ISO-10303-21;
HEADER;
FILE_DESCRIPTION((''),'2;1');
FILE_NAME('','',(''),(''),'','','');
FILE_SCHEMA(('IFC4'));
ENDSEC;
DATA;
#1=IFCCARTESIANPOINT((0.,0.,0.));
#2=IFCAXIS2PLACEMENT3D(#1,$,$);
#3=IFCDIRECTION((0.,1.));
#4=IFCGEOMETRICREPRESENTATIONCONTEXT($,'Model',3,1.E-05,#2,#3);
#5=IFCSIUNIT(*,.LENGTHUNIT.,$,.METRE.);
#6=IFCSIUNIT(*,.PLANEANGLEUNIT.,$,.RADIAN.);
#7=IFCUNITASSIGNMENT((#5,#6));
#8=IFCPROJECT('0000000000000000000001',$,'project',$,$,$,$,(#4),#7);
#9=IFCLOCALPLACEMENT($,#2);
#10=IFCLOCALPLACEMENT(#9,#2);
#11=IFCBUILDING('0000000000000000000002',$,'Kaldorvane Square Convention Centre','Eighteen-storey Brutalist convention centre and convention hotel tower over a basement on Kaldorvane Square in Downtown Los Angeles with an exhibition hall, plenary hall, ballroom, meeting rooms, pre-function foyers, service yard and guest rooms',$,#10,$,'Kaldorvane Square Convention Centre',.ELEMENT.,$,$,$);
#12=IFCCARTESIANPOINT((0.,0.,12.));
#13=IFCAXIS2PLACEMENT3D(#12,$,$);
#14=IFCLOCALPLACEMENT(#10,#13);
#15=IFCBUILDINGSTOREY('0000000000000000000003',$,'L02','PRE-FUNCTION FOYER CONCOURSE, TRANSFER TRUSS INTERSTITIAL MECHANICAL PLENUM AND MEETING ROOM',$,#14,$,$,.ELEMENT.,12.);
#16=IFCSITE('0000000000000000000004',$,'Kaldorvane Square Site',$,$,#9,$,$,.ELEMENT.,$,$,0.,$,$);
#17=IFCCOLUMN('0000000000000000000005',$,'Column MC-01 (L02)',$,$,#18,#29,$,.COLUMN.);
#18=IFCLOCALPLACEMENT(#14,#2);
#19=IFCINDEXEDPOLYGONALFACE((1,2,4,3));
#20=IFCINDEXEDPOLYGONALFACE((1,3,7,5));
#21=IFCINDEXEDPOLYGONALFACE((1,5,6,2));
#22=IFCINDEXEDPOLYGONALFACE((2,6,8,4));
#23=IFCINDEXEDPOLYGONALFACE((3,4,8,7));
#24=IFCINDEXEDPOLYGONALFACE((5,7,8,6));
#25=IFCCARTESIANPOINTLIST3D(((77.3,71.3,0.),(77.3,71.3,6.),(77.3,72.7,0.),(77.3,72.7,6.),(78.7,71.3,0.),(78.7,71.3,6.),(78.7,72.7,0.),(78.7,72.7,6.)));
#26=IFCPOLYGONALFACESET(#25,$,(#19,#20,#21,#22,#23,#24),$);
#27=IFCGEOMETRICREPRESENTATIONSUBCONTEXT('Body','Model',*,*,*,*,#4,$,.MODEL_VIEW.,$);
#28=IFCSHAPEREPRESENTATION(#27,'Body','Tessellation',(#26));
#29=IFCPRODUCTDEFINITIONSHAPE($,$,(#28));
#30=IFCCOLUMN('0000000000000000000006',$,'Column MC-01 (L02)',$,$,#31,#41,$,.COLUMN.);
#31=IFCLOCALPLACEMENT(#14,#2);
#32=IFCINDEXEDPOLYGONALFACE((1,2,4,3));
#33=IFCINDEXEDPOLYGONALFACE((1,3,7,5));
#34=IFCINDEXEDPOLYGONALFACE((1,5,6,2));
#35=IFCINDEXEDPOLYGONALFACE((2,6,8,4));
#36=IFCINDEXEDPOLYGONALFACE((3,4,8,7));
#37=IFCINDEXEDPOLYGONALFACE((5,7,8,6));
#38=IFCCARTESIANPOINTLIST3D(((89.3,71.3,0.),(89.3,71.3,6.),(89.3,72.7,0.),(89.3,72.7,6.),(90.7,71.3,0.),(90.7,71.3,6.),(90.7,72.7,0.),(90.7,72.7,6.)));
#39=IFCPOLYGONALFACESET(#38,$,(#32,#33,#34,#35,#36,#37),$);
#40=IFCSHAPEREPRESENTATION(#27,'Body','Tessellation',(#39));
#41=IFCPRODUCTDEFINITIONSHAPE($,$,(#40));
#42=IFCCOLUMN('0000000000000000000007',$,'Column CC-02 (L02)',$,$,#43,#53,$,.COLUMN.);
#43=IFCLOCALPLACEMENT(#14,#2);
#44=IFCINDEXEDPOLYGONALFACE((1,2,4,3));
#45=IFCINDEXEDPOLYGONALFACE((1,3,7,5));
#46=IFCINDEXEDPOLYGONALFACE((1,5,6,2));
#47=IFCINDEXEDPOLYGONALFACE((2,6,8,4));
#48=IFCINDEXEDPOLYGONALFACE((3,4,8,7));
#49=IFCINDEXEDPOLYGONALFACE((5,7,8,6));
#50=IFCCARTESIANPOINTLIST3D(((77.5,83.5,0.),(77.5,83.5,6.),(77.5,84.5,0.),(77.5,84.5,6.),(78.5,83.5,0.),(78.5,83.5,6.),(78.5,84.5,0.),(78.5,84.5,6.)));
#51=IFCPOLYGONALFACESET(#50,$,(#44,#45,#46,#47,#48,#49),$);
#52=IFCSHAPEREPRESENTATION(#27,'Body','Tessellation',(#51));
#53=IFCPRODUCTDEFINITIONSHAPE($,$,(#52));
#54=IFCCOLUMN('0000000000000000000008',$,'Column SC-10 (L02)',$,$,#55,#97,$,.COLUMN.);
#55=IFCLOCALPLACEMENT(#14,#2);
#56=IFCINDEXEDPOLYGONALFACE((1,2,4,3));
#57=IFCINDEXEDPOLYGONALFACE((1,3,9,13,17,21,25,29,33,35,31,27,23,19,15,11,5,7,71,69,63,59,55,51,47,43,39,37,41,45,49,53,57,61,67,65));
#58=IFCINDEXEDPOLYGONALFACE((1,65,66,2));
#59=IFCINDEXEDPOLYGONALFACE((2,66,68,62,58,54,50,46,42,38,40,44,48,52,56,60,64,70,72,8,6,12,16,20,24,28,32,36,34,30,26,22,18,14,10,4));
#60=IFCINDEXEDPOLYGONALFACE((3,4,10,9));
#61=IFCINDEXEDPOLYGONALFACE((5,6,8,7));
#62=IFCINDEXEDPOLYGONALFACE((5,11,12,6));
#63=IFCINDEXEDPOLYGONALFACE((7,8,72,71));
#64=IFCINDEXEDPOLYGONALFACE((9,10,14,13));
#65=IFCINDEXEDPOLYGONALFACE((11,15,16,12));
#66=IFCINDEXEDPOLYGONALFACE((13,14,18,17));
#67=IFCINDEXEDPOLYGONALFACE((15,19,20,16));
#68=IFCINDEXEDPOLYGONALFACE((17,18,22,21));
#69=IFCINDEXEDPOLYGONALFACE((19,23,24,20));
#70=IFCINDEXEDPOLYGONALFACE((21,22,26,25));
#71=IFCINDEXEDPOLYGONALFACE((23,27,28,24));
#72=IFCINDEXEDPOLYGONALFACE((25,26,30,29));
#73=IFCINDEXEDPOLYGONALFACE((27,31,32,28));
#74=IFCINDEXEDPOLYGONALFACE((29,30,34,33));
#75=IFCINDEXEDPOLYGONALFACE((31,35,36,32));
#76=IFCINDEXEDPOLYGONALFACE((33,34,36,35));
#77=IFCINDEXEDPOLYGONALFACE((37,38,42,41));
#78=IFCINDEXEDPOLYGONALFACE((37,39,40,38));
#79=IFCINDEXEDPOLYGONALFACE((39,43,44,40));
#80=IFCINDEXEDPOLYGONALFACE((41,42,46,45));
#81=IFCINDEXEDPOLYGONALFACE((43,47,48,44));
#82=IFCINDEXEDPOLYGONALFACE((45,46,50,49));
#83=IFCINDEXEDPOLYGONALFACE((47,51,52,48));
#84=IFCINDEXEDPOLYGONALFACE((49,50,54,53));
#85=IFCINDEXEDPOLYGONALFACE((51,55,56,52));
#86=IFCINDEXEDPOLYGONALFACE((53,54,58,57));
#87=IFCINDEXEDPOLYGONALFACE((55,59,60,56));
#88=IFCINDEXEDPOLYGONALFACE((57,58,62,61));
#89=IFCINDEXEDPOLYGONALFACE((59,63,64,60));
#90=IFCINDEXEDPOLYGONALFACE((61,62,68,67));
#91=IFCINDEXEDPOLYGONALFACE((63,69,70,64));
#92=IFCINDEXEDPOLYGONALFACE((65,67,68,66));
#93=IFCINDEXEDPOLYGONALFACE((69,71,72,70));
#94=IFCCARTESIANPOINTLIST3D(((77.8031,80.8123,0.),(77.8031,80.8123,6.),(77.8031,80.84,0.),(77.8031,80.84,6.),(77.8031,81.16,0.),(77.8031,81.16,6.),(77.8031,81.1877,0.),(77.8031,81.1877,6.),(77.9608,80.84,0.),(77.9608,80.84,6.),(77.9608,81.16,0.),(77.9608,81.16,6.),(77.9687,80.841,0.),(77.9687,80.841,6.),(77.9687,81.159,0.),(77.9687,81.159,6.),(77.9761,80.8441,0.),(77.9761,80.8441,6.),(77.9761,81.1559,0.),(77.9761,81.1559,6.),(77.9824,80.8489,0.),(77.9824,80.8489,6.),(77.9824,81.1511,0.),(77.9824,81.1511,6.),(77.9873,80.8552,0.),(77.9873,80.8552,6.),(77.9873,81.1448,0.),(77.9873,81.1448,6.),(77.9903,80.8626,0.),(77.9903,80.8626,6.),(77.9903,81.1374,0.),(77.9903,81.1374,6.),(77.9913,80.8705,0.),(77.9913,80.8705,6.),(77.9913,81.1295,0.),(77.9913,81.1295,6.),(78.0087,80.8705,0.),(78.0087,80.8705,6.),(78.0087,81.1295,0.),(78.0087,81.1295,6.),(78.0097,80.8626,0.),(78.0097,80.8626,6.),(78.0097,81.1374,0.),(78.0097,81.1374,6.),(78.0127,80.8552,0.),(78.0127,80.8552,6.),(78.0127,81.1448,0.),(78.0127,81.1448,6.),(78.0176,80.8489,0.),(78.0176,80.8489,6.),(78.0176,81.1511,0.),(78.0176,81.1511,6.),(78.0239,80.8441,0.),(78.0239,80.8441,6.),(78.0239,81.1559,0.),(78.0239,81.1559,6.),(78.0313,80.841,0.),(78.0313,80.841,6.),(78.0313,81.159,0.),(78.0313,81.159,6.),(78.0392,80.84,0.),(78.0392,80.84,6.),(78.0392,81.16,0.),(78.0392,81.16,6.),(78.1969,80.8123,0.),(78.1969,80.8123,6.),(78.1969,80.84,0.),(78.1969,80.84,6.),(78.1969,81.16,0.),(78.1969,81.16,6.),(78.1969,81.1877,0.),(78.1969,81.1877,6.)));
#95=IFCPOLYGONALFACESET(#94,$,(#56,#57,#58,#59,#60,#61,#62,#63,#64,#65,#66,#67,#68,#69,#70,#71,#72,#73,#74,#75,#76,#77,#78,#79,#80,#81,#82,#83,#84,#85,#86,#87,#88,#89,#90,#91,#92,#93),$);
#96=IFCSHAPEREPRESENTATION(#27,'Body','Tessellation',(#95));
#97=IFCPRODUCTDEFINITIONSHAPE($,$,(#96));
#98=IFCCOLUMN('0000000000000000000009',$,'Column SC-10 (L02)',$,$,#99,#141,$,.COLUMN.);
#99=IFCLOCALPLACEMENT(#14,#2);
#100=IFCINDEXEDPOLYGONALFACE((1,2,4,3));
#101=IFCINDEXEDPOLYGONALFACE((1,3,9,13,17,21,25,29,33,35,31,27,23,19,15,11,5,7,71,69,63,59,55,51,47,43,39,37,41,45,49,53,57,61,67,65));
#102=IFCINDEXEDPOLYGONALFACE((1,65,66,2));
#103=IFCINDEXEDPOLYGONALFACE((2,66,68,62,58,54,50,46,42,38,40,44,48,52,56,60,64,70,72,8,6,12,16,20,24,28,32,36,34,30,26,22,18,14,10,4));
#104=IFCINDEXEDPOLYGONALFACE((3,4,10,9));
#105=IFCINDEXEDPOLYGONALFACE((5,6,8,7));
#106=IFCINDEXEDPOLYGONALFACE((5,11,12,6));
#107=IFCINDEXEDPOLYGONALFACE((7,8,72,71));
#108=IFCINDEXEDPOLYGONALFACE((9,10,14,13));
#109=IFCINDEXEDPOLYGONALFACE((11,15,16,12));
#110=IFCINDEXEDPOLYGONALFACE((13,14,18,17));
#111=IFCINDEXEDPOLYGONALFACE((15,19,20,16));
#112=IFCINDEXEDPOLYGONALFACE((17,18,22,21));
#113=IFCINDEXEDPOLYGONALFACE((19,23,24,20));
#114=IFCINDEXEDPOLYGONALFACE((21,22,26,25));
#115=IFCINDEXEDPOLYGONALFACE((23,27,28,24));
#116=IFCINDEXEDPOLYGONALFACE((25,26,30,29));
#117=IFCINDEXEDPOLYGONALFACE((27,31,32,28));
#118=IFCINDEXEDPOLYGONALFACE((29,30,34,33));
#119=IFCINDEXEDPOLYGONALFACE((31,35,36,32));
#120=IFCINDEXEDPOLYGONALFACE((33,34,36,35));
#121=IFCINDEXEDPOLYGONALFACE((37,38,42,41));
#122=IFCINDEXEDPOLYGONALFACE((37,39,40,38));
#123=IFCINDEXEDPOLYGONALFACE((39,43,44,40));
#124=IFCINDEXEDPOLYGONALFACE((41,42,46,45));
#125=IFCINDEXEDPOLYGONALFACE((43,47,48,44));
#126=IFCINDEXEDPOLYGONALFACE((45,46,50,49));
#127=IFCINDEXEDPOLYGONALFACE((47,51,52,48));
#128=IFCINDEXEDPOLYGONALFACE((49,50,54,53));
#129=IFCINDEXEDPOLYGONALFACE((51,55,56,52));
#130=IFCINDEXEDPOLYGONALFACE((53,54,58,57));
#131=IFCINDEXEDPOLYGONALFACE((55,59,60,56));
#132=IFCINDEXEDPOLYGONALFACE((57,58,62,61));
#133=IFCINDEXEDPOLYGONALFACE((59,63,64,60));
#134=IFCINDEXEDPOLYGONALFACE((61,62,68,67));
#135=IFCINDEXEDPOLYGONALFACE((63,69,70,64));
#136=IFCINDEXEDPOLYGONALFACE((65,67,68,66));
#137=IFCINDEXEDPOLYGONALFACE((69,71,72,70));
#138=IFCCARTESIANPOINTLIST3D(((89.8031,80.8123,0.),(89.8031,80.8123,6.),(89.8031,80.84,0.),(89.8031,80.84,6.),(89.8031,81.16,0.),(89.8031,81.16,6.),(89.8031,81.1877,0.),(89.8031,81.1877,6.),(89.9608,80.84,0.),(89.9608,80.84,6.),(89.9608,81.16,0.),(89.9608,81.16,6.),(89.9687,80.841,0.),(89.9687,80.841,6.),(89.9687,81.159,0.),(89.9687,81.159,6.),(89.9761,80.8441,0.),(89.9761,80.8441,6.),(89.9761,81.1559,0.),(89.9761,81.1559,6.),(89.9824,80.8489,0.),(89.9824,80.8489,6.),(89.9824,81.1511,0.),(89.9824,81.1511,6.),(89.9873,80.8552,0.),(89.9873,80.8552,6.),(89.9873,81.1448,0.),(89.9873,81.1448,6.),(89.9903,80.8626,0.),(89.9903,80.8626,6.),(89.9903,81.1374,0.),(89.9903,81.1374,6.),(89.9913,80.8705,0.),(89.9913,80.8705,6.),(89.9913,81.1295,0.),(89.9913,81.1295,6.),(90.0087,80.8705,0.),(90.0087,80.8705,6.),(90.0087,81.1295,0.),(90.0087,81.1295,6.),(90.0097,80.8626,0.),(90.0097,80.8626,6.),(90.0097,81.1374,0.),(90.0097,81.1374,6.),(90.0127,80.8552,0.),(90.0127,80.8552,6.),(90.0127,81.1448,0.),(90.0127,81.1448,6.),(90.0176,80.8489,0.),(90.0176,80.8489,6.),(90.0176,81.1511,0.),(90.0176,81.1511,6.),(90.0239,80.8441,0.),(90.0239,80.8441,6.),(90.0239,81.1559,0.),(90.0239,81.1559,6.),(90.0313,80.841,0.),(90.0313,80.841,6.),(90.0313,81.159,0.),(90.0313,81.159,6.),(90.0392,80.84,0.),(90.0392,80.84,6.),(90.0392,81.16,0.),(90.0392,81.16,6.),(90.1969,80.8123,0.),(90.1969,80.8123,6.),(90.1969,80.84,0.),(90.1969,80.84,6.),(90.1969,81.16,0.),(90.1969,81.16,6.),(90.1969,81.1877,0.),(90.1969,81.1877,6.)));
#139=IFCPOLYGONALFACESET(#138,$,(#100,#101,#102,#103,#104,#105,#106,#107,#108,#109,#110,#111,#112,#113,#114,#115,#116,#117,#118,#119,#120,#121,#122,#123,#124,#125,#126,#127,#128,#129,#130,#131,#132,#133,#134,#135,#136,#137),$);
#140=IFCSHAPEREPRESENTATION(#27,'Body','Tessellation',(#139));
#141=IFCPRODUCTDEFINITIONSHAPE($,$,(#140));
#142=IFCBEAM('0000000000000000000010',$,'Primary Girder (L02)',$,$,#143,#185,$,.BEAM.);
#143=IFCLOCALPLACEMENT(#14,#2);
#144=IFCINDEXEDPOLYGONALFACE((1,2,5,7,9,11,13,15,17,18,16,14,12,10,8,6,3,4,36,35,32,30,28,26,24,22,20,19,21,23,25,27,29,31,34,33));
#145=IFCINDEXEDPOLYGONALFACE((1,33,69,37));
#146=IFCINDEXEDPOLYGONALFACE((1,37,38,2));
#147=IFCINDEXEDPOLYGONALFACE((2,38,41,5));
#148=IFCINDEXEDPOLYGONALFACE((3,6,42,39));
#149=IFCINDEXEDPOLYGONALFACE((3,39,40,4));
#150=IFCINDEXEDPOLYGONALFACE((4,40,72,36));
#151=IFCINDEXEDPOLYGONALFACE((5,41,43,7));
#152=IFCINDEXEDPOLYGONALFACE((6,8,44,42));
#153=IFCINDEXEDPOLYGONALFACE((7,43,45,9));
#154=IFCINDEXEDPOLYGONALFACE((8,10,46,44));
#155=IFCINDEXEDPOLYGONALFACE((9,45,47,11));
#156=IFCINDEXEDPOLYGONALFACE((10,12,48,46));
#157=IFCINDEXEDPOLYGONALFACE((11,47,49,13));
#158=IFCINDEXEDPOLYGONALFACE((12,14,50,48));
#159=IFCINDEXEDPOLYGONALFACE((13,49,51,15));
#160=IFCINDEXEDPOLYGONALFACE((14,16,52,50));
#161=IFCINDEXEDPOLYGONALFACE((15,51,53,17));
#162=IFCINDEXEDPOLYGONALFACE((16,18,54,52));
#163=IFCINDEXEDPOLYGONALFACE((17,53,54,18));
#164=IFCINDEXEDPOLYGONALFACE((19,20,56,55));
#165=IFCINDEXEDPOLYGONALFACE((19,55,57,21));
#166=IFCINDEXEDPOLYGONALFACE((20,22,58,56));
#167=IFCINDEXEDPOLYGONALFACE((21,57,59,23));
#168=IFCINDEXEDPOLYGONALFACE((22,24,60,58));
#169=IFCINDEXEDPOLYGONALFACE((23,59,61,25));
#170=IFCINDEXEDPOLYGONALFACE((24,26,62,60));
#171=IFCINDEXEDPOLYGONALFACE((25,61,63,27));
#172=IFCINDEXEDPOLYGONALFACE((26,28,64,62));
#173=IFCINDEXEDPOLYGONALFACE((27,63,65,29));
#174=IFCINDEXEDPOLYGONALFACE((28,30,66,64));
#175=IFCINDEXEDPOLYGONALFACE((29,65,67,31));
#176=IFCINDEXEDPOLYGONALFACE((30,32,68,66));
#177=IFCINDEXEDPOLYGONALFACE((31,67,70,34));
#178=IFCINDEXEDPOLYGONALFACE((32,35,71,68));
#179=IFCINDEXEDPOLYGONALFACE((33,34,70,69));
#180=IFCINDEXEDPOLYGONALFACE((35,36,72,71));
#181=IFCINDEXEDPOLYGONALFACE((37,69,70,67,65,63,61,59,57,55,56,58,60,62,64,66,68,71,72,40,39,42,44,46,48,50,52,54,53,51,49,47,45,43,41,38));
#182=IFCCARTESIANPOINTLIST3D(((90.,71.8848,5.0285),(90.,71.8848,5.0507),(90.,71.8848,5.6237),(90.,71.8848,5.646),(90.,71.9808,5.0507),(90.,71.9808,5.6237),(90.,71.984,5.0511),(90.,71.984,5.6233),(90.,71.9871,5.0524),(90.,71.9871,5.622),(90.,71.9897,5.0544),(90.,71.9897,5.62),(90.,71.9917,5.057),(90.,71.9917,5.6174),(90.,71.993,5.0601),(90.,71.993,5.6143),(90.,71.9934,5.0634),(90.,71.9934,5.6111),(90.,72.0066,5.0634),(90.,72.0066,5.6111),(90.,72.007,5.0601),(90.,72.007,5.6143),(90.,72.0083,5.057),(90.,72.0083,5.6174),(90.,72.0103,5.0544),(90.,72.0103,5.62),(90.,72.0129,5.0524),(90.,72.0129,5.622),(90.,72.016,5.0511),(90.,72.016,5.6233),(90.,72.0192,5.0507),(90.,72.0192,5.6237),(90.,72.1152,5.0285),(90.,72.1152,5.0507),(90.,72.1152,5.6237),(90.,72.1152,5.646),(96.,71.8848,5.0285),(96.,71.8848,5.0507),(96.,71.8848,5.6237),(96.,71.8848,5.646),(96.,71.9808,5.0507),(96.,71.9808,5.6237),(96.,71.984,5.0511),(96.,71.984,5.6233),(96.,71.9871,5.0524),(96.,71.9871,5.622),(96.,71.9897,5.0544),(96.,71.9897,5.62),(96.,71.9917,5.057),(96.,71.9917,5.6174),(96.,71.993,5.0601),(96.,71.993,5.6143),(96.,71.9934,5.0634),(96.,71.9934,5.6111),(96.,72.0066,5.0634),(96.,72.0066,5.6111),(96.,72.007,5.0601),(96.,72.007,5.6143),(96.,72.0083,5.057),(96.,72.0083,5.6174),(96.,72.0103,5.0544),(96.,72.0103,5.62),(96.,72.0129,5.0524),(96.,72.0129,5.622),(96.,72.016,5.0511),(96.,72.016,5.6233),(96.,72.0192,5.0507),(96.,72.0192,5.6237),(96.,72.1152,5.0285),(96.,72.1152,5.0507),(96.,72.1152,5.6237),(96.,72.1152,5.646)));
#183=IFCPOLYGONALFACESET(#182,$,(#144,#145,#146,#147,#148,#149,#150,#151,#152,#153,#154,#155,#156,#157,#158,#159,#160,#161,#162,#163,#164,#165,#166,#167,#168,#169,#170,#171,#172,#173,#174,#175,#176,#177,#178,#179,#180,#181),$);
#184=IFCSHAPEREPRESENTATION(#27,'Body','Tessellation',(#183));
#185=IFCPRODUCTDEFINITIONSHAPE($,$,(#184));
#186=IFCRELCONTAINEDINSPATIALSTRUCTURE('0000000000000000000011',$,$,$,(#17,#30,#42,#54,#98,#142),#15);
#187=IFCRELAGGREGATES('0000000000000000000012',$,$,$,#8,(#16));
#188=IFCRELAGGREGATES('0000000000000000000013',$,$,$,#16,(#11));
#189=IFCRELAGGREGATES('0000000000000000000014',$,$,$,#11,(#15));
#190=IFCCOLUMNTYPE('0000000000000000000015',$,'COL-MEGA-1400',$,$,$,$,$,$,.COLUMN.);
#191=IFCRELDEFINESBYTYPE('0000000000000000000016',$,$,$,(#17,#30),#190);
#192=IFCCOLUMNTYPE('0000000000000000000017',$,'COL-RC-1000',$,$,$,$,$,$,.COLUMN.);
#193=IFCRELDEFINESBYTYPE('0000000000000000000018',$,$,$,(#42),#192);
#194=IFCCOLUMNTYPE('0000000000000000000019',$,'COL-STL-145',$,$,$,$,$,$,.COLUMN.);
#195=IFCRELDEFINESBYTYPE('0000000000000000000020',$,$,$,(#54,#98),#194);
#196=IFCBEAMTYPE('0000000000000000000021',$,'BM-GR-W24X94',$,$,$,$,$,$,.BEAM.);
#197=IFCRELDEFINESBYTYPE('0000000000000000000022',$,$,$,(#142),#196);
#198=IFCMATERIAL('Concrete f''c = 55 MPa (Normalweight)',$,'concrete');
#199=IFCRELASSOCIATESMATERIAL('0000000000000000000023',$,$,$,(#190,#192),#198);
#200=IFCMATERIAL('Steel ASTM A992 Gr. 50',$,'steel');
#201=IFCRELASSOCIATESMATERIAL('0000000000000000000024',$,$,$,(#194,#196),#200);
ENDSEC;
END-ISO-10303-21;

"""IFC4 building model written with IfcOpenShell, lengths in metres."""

from ifc_helpers import new_model, si_unit, direction, frame, origin, origin_2d, place, context, subcontext, project, spatial, rectangle, i_section, extrude, material, material_profile, profile_set, type_object, element, save


model = new_model("IFC4")

# Units and contexts
model_context = context("Model", 3, precision=1e-05, world=origin(), true_north=direction((0.0, 1.0)))
body_context = subcontext(model_context, "Body", "Model", "MODEL_VIEW")
ifc_project = project(units=[si_unit("LENGTHUNIT", "METRE"), si_unit("PLANEANGLEUNIT", "RADIAN")], contexts=[model_context])

# Site, building, storey
site_placement = place(None, origin())
site = spatial("IfcSite", under=ifc_project, at=site_placement, Name="Kaldorvane Square Site", CompositionType="ELEMENT", RefElevation=0.0)
building_placement = place(site_placement, origin())
building = spatial("IfcBuilding", under=site, at=building_placement, Name="Kaldorvane Square Convention Centre", Description="Eighteen-storey Brutalist convention centre and convention hotel tower over a basement on Kaldorvane Square in Downtown Los Angeles with an exhibition hall, plenary hall, ballroom, meeting rooms, pre-function foyers, service yard and guest rooms", LongName="Kaldorvane Square Convention Centre", CompositionType="ELEMENT")
storey_placement = place(building_placement, frame((0.0, 0.0, 12.0)))
storey = spatial("IfcBuildingStorey", under=building, at=storey_placement, Name="L02", Description="PRE-FUNCTION FOYER CONCOURSE, TRANSFER TRUSS INTERSTITIAL MECHANICAL PLENUM AND MEETING ROOM", CompositionType="ELEMENT", Elevation=12.0)

# Columns
ifc_material_1 = material(Name="Concrete f'c = 55 MPa (Normalweight)", Category="concrete")
ifc_material_profile_1 = material_profile(ifc_material_1, rectangle(XDim=1.4, YDim=1.4, at=origin_2d()), Name="RC1400X1400")
ifc_profile_set_1 = profile_set([ifc_material_profile_1], Name="Concrete f'c = 55 MPa (Normalweight)")
column_type_1 = type_object("IfcColumnType", Name="COL-MEGA-1400", PredefinedType="COLUMN", material=ifc_profile_set_1)
for number, where, z_axis, x_axis, name in (
    (1, (78.0, 72.0, 0.0), (0.0, 0.0, 1.0), (1.0, 0.0, 0.0), "Column MC-01 (L02)"),
    (2, (90.0, 72.0, 0.0), (0.0, 0.0, 1.0), (1.0, 0.0, 0.0), "Column MC-01 (L02)"),
):
    element("IfcColumn", number, at=place(storey_placement, frame(where, z_axis=z_axis, x_axis=x_axis)), inside=storey, type_object=column_type_1, Name=name, PredefinedType="COLUMN", context=body_context, shape_type="SweptSolid", body=[
        extrude(rectangle(XDim=1.4, YDim=1.4, at=origin_2d()), origin(), (0.0, 0.0, 1.0), 6.0),
    ])
ifc_material_profile_2 = material_profile(ifc_material_1, rectangle(XDim=1.0, YDim=1.0, at=origin_2d()), Name="RC1000X1000")
ifc_profile_set_2 = profile_set([ifc_material_profile_2], Name="Concrete f'c = 55 MPa (Normalweight)")
column_type_2 = type_object("IfcColumnType", Name="COL-RC-1000", PredefinedType="COLUMN", material=ifc_profile_set_2)
column_placement = place(storey_placement, frame((78.0, 84.0, 0.0), z_axis=(0.0, 0.0, 1.0), x_axis=(1.0, 0.0, 0.0)))
element("IfcColumn", 3, at=column_placement, inside=storey, type_object=column_type_2, Name="Column CC-02 (L02)", PredefinedType="COLUMN", context=body_context, shape_type="SweptSolid", body=[
    extrude(rectangle(XDim=1.0, YDim=1.0, at=origin_2d()), origin(), (0.0, 0.0, 1.0), 6.0),
])
ifc_material_2 = material(Name="Steel ASTM A992 Gr. 50", Category="steel")
ifc_material_profile_3 = material_profile(ifc_material_2, i_section(OverallWidth=0.3937, OverallDepth=0.3754, WebThickness=0.0173, FlangeThickness=0.0277, FilletRadius=0.0305, at=origin_2d()), Name="W14X145")
ifc_profile_set_3 = profile_set([ifc_material_profile_3], Name="Steel ASTM A992 Gr. 50")
column_type_3 = type_object("IfcColumnType", Name="COL-STL-145", PredefinedType="COLUMN", material=ifc_profile_set_3)
for number, where, z_axis, x_axis, name in (
    (4, (78.0, 81.0, 0.0), (0.0, 0.0, 1.0), (1.0, 0.0, 0.0), "Column SC-10 (L02)"),
    (5, (90.0, 81.0, 0.0), (0.0, 0.0, 1.0), (1.0, 0.0, 0.0), "Column SC-10 (L02)"),
):
    element("IfcColumn", number, at=place(storey_placement, frame(where, z_axis=z_axis, x_axis=x_axis)), inside=storey, type_object=column_type_3, Name=name, PredefinedType="COLUMN", context=body_context, shape_type="SweptSolid", body=[
        extrude(i_section(OverallWidth=0.3937, OverallDepth=0.3754, WebThickness=0.0173, FlangeThickness=0.0277, FilletRadius=0.0305, at=origin_2d()), origin(), (0.0, 0.0, 1.0), 6.0),
    ])

# Beam
ifc_material_profile_4 = material_profile(ifc_material_2, i_section(OverallWidth=0.2303, OverallDepth=0.6175, WebThickness=0.0131, FlangeThickness=0.0222, FilletRadius=0.0127, at=origin_2d()), Name="W24X94")
ifc_profile_set_4 = profile_set([ifc_material_profile_4], Name="Steel ASTM A992 Gr. 50")
beam_type_1 = type_object("IfcBeamType", Name="BM-GR-W24X94", PredefinedType="BEAM", material=ifc_profile_set_4)
for number, where, z_axis, x_axis, name in (
    (6, (90.0, 72.0, 5.3372), (1.0, 0.0, 0.0), (0.0, 1.0, 0.0), "Primary Girder (L02)"),
):
    element("IfcBeam", number, at=place(storey_placement, frame(where, z_axis=z_axis, x_axis=x_axis)), inside=storey, type_object=beam_type_1, Name=name, PredefinedType="BEAM", context=body_context, shape_type="SweptSolid", body=[
        extrude(i_section(OverallWidth=0.2303, OverallDepth=0.6175, WebThickness=0.0131, FlangeThickness=0.0222, FilletRadius=0.0127, at=origin_2d()), origin(), (0.0, 0.0, 1.0), 6.0),
    ])

save(model, "model.ifc")
